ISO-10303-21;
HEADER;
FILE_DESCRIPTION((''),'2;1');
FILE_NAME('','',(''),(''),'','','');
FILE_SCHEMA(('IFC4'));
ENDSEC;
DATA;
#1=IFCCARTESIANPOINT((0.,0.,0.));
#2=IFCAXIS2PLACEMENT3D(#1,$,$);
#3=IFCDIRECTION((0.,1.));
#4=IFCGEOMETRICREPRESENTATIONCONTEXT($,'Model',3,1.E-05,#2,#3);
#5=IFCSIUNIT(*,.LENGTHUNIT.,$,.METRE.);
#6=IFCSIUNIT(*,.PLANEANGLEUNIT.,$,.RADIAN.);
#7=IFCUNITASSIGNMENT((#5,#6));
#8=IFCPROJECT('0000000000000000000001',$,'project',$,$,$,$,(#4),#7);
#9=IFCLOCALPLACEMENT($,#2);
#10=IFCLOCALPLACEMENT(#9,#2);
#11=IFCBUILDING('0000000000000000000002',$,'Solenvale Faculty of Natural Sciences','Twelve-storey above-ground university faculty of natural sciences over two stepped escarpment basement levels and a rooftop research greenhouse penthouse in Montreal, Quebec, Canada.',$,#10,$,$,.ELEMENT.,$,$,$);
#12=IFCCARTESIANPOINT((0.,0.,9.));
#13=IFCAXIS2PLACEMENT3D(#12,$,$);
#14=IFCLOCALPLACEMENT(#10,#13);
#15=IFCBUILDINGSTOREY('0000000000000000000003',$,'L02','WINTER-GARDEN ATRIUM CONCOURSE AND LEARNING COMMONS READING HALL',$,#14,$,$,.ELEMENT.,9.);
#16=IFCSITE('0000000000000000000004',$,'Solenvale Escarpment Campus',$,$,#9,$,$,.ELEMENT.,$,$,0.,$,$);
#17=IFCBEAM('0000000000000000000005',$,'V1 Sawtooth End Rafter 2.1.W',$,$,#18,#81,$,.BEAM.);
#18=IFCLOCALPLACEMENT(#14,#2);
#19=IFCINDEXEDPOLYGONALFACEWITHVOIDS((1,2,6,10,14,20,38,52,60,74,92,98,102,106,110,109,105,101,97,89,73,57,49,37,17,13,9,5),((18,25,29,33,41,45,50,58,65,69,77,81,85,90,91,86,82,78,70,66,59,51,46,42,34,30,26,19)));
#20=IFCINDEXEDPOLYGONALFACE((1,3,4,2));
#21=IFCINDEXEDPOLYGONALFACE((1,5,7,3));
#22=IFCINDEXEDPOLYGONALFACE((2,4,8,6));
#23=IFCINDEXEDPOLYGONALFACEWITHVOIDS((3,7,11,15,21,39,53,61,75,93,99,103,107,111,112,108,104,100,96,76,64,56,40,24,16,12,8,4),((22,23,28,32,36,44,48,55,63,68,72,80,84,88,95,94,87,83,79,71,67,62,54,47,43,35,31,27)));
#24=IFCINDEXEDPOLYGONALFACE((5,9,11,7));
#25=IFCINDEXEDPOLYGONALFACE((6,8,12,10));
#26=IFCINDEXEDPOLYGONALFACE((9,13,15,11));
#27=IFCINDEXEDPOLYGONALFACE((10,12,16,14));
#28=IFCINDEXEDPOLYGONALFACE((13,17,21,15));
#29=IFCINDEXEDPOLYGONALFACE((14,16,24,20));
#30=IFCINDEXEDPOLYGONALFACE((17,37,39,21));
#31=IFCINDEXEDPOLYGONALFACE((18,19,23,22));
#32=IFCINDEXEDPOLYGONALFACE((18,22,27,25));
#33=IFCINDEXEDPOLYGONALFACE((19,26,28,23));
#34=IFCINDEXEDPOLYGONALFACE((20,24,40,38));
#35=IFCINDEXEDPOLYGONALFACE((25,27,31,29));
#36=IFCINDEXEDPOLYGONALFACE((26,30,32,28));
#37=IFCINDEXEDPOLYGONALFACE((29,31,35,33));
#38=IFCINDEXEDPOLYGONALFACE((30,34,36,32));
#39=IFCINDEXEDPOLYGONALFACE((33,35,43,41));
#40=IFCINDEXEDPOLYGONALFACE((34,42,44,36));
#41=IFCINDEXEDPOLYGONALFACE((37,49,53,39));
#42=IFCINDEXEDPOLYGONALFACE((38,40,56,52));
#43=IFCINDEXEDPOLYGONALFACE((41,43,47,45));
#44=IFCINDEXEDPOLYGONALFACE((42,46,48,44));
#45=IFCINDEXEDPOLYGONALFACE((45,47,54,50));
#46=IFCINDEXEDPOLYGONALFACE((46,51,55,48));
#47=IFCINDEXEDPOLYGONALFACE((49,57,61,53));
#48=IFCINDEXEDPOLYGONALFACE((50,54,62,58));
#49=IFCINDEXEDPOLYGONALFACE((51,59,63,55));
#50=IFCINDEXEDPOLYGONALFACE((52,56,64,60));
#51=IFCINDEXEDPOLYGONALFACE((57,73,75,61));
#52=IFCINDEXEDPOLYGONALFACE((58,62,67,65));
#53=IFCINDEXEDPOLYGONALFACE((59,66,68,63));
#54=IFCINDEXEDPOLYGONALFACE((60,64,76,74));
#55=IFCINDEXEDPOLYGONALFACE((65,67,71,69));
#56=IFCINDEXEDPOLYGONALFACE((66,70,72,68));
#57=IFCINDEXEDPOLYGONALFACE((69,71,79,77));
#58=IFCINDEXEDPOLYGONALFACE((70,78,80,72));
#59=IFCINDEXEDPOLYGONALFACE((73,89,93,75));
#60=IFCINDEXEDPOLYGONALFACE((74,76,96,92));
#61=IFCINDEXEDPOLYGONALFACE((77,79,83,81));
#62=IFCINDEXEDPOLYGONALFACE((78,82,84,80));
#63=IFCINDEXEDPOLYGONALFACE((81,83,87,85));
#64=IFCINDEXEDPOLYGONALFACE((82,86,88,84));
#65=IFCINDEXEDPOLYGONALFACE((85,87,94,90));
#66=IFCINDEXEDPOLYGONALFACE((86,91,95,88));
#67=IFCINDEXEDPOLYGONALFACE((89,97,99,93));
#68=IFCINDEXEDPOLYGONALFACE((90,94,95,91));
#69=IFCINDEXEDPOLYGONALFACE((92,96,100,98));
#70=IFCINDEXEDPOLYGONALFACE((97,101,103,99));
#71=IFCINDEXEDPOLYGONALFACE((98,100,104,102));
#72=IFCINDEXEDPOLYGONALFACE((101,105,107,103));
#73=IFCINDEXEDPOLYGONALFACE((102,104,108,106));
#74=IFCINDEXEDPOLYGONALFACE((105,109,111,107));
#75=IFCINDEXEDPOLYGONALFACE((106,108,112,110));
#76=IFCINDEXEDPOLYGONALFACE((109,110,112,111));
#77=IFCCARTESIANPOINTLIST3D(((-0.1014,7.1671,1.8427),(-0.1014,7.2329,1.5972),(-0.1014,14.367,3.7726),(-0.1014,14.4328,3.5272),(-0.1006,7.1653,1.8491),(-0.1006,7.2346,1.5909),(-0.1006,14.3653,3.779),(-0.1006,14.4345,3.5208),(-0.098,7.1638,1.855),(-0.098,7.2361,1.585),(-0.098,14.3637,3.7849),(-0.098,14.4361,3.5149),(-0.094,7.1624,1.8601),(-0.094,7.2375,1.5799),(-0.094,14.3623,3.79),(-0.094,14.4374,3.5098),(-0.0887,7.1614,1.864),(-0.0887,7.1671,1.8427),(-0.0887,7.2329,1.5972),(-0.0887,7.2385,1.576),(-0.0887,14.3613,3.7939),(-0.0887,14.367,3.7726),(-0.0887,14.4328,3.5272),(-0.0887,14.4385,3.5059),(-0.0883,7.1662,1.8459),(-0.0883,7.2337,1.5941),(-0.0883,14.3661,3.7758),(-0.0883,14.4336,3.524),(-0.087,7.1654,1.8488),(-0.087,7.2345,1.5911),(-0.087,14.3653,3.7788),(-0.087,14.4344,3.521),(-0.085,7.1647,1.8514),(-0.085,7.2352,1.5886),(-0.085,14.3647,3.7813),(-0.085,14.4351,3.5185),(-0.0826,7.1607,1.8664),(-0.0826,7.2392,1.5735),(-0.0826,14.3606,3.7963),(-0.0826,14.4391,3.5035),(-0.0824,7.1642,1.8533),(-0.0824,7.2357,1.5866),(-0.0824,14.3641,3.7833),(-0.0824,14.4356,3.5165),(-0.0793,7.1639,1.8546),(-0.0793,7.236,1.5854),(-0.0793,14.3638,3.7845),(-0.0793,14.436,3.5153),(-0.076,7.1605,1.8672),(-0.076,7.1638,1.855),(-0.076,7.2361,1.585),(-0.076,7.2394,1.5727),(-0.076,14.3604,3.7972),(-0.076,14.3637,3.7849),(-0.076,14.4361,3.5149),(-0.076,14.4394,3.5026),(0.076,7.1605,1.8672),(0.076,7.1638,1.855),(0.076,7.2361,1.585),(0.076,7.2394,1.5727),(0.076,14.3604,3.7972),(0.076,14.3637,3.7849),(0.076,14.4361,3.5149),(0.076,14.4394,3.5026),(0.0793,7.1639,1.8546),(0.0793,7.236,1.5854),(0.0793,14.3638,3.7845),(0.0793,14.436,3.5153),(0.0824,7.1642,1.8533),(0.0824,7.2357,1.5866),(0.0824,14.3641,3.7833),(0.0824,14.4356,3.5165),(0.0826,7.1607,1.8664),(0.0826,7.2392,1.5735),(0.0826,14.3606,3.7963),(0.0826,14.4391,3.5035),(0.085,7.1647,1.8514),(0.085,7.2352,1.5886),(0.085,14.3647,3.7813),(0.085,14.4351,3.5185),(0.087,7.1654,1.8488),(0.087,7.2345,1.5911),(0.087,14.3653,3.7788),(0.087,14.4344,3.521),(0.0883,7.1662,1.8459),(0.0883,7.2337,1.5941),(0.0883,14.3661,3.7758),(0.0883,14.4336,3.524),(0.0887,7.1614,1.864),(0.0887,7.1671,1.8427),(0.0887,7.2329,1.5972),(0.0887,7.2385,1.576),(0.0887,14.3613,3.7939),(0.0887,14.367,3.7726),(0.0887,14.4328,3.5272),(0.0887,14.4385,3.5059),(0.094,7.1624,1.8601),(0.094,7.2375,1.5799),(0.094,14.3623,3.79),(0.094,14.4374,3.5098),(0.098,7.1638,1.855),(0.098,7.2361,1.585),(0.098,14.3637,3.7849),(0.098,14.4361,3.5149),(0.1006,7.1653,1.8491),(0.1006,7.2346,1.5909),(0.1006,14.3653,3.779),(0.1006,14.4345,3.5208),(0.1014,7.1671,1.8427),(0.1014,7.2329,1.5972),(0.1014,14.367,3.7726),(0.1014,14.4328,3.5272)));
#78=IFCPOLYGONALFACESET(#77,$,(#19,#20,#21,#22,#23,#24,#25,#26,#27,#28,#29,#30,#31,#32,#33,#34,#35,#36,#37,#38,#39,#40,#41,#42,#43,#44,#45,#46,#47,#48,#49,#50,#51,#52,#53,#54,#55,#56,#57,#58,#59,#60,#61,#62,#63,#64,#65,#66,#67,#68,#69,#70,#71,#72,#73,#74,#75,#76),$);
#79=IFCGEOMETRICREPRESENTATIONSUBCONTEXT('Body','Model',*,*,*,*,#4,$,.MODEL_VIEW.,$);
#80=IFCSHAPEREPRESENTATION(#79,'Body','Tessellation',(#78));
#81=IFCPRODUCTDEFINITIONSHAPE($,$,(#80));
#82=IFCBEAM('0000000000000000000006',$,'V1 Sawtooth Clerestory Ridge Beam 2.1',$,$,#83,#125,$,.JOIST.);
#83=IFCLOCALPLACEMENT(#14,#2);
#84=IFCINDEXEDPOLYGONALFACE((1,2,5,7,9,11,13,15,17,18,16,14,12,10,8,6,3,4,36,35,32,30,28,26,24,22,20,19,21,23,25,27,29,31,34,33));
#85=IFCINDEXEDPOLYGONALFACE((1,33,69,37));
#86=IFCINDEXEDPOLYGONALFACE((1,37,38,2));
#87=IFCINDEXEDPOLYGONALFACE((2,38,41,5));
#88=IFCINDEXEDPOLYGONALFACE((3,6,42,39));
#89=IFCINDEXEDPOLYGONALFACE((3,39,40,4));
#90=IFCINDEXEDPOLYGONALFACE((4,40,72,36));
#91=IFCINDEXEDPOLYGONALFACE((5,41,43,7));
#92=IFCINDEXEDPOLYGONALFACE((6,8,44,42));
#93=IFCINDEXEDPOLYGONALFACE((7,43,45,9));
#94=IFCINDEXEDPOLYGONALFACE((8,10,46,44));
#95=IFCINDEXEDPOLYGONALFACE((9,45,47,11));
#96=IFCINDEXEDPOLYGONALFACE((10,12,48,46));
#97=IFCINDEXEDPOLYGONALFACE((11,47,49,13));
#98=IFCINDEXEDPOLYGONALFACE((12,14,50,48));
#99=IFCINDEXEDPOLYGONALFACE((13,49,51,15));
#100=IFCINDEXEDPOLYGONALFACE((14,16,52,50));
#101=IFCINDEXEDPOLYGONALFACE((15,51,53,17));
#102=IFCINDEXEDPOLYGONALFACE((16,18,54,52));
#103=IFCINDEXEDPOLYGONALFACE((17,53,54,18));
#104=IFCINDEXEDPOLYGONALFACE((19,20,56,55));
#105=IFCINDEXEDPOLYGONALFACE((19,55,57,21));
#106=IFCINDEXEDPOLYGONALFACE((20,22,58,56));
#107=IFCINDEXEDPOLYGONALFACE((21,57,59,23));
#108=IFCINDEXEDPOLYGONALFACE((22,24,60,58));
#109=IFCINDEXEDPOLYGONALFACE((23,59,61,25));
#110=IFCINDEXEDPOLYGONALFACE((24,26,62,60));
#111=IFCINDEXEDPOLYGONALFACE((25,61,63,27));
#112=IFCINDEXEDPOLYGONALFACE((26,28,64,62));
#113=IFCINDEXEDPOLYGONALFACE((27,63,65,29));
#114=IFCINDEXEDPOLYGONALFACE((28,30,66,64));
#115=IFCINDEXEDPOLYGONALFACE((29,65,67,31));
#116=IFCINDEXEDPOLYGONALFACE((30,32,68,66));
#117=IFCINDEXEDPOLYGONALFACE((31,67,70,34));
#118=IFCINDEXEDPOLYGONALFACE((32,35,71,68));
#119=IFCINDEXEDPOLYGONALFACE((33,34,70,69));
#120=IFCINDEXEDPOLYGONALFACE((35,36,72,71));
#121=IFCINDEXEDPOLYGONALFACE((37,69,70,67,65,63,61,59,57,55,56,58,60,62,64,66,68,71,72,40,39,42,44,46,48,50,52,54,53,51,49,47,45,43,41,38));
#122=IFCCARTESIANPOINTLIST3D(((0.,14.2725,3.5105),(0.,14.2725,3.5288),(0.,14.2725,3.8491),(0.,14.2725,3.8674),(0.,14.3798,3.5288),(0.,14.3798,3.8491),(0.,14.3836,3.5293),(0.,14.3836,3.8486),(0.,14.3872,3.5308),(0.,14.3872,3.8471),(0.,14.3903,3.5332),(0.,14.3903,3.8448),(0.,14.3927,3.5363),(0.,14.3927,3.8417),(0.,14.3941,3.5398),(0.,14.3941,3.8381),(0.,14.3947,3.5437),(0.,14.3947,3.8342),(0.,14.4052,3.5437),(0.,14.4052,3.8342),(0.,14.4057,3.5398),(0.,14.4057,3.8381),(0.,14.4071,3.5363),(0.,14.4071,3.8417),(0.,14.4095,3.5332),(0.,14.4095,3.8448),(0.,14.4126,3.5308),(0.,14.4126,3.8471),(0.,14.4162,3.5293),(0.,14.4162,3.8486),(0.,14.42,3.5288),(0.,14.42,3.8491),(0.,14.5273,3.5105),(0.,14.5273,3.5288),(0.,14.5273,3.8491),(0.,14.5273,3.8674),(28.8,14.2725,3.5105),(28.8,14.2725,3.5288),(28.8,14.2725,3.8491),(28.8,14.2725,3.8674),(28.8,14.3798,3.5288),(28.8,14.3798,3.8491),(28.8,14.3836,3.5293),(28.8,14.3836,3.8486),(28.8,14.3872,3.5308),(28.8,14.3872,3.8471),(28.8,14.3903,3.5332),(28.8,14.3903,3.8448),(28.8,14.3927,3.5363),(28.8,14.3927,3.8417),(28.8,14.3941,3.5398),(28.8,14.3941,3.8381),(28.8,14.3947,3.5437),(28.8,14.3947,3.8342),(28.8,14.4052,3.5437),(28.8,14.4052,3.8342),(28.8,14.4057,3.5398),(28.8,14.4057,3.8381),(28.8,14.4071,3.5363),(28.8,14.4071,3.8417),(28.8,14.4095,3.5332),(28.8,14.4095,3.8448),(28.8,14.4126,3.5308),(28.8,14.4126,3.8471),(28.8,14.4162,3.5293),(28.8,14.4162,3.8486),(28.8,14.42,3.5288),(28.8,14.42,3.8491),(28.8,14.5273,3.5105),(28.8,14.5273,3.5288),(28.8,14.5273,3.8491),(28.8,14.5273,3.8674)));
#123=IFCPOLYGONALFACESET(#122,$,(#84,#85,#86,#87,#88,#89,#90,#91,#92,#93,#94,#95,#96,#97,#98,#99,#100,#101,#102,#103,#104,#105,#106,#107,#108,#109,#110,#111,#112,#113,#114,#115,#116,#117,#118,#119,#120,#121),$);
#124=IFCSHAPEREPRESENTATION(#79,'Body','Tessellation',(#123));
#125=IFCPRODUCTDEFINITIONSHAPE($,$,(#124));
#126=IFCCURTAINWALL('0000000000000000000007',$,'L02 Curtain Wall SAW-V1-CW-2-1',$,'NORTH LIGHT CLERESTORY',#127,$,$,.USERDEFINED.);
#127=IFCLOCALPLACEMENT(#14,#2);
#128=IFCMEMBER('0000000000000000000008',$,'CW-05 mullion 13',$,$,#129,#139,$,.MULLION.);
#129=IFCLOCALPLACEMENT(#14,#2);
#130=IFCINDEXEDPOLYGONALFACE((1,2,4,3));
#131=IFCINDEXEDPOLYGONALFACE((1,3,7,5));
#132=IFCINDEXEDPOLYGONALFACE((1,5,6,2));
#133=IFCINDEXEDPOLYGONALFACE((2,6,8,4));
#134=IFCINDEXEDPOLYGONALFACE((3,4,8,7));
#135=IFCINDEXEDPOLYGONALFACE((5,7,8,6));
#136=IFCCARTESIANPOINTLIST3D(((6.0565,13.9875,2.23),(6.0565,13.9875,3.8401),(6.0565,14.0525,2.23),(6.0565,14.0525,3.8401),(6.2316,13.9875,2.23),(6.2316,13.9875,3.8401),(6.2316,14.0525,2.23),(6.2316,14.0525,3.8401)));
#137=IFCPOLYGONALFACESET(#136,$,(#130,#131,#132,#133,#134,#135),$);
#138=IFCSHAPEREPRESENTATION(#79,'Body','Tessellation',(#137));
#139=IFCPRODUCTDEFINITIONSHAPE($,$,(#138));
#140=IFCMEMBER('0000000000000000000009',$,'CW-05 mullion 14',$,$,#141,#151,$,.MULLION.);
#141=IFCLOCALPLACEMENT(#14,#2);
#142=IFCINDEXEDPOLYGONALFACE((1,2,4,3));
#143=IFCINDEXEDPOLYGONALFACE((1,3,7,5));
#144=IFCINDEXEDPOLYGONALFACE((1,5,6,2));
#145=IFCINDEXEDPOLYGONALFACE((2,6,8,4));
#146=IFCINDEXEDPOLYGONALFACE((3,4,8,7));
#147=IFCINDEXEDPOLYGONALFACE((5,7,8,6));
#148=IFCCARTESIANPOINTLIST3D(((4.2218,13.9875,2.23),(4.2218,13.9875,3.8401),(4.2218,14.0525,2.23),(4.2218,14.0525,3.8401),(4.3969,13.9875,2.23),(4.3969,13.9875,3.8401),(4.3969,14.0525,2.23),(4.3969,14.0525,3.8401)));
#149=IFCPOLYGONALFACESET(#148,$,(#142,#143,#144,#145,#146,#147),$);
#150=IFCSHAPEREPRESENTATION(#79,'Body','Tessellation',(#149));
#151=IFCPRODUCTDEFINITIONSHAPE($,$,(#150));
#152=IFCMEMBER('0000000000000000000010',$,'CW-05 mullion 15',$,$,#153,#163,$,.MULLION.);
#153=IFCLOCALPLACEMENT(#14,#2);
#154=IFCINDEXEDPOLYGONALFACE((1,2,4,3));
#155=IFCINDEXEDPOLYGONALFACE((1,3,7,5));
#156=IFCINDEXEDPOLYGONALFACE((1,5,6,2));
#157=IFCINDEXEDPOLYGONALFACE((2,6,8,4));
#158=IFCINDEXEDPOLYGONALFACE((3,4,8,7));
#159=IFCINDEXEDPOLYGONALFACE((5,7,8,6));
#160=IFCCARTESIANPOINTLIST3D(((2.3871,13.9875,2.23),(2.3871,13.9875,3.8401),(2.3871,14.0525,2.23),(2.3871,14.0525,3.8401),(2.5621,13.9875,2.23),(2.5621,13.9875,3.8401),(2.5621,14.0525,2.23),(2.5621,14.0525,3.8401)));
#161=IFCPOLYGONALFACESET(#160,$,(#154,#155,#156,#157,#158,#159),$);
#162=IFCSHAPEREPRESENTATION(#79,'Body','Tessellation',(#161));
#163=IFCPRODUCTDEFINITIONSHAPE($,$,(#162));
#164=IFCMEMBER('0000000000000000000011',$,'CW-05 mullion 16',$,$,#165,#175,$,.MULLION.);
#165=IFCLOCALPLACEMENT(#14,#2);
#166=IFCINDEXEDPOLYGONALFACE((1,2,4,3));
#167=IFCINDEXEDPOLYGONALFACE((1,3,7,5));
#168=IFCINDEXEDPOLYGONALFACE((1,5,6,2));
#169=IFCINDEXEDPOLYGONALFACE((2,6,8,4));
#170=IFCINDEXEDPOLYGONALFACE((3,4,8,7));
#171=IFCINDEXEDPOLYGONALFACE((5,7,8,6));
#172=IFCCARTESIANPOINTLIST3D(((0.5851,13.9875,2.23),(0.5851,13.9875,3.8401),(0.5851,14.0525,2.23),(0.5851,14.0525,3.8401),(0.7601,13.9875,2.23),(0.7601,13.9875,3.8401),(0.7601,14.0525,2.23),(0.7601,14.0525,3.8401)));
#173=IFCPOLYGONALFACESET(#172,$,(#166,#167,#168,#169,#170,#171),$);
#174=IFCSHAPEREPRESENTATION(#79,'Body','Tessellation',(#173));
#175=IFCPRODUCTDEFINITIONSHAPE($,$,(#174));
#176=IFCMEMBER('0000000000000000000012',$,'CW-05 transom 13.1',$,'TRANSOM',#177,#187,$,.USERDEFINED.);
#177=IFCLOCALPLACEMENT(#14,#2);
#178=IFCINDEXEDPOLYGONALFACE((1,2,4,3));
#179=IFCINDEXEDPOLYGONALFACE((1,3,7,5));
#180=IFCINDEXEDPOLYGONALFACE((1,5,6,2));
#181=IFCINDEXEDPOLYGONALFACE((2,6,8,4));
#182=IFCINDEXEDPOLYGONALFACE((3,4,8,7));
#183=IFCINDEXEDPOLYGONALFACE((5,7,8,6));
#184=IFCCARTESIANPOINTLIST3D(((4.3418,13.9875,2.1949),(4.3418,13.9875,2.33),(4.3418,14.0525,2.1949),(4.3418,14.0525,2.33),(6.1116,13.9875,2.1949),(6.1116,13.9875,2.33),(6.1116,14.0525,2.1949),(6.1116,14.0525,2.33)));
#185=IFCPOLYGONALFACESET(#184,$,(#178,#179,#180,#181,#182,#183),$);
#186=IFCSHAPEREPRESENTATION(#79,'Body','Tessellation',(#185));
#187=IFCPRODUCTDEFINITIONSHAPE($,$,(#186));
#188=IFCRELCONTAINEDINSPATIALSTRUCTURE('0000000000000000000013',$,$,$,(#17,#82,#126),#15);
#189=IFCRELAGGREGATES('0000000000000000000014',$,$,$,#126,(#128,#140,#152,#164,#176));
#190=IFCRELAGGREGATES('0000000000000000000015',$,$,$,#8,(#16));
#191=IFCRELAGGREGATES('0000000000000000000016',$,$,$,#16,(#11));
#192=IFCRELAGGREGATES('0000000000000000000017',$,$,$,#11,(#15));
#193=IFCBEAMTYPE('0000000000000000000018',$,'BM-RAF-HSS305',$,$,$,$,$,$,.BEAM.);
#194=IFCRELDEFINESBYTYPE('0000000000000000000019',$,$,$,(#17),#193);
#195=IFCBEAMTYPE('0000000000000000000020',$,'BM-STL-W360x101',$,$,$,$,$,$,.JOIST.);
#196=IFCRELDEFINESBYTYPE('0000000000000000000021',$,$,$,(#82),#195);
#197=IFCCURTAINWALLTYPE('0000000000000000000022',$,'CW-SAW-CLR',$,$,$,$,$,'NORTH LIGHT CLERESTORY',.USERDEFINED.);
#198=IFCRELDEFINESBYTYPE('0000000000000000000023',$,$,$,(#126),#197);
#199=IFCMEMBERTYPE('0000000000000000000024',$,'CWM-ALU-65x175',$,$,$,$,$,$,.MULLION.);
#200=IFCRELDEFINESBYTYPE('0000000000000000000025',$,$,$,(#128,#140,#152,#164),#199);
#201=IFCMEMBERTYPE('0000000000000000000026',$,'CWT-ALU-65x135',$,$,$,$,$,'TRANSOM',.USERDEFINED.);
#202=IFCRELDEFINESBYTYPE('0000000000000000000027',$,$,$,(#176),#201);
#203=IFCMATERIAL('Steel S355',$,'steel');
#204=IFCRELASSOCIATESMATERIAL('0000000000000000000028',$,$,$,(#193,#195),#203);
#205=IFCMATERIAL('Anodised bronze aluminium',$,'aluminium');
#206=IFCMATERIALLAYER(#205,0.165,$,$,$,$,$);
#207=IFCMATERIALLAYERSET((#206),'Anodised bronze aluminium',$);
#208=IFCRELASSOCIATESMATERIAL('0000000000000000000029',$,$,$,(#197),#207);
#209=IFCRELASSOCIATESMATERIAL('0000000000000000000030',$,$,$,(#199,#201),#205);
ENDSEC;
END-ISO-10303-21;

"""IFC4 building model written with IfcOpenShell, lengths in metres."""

from ifc_helpers import new_model, si_unit, direction, frame, origin, origin_2d, place, context, subcontext, project, spatial, rectangle, hollow_rectangle, i_section, extrude, material, layer, layer_set, material_profile, profile_set, type_object, element, aggregate, save


model = new_model("IFC4")

# Units and contexts
model_context = context("Model", 3, precision=1e-05, world=origin(), true_north=direction((0.0, 1.0)))
body_context = subcontext(model_context, "Body", "Model", "MODEL_VIEW")
ifc_project = project(units=[si_unit("LENGTHUNIT", "METRE"), si_unit("PLANEANGLEUNIT", "RADIAN")], contexts=[model_context])

# Site, building, storey
site_placement = place(None, origin())
site = spatial("IfcSite", under=ifc_project, at=site_placement, Name="Solenvale Escarpment Campus", CompositionType="ELEMENT", RefElevation=0.0)
building_placement = place(site_placement, origin())
building = spatial("IfcBuilding", under=site, at=building_placement, Name="Solenvale Faculty of Natural Sciences", Description="Twelve-storey above-ground university faculty of natural sciences over two stepped escarpment basement levels and a rooftop research greenhouse penthouse in Montreal, Quebec, Canada.", CompositionType="ELEMENT")
storey_placement = place(building_placement, frame((0.0, 0.0, 9.0)))
storey = spatial("IfcBuildingStorey", under=building, at=storey_placement, Name="L02", Description="WINTER-GARDEN ATRIUM CONCOURSE AND LEARNING COMMONS READING HALL", CompositionType="ELEMENT", Elevation=9.0)

# Shared definitions
ifc_material_1 = material(Name="Steel S355", Category="steel")

# Beams
ifc_material_profile_1 = material_profile(ifc_material_1, hollow_rectangle(XDim=0.2029, YDim=0.3049, WallThickness=0.0127, InnerFilletRadius=0.0127, OuterFilletRadius=0.0254, at=origin_2d()), Name="HSS305x203x13")
ifc_profile_set_1 = profile_set([ifc_material_profile_1], Name="Steel S355")
beam_type_1 = type_object("IfcBeamType", Name="BM-RAF-HSS305", PredefinedType="BEAM", material=ifc_profile_set_1)
beam_1_placement = place(storey_placement, frame((0.0, 7.2, 1.72), z_axis=(0.0, 0.965902, 0.258908), x_axis=(-1.0, 0.0, 0.0)))
element("IfcBeam", 1, at=beam_1_placement, inside=storey, type_object=beam_type_1, Name="V1 Sawtooth End Rafter 2.1.W", PredefinedType="BEAM", context=body_context, shape_type="SweptSolid", body=[
    extrude(hollow_rectangle(XDim=0.2029, YDim=0.3049, WallThickness=0.0127, InnerFilletRadius=0.0127, OuterFilletRadius=0.0254, at=origin_2d()), origin(), (0.0, 0.0, 1.0), 7.4541),
])
ifc_material_profile_2 = material_profile(ifc_material_1, i_section(OverallWidth=0.2549, OverallDepth=0.3569, WebThickness=0.0105, FlangeThickness=0.0183, FilletRadius=0.0149, at=origin_2d()), Name="W360x101")
ifc_profile_set_2 = profile_set([ifc_material_profile_2], Name="Steel S355")
beam_type_2 = type_object("IfcBeamType", Name="BM-STL-W360x101", PredefinedType="JOIST", material=ifc_profile_set_2)
beam_2_placement = place(storey_placement, frame((0.0, 14.3999, 3.689), z_axis=(1.0, 0.0, 0.0), x_axis=(0.0, 1.0, 0.0)))
element("IfcBeam", 2, at=beam_2_placement, inside=storey, type_object=beam_type_2, Name="V1 Sawtooth Clerestory Ridge Beam 2.1", PredefinedType="JOIST", context=body_context, shape_type="SweptSolid", body=[
    extrude(i_section(OverallWidth=0.2549, OverallDepth=0.3569, WebThickness=0.0105, FlangeThickness=0.0183, FilletRadius=0.0149, at=origin_2d()), origin(), (0.0, 0.0, 1.0), 28.8),
])

# Curtain wall, members
ifc_material_2 = material(Name="Anodised bronze aluminium", Category="aluminium")
ifc_layer_1 = layer(ifc_material_2, 0.165)
ifc_layer_set_1 = layer_set([ifc_layer_1], Name="Anodised bronze aluminium")
curtain_wall_type = type_object("IfcCurtainWallType", Name="CW-SAW-CLR", ElementType="NORTH LIGHT CLERESTORY", PredefinedType="USERDEFINED", material=ifc_layer_set_1)
curtain_wall_placement = place(storey_placement, origin())
curtain_wall = element("IfcCurtainWall", 3, at=curtain_wall_placement, inside=storey, type_object=curtain_wall_type, Name="L02 Curtain Wall SAW-V1-CW-2-1", ObjectType="NORTH LIGHT CLERESTORY", PredefinedType="USERDEFINED")
ifc_material_profile_3 = material_profile(ifc_material_2, rectangle(XDim=0.0649, YDim=0.175, at=origin_2d()), Name="ALU-MUL-65x175")
ifc_profile_set_3 = profile_set([ifc_material_profile_3], Name="Anodised bronze aluminium")
member_type_1 = type_object("IfcMemberType", Name="CWM-ALU-65x175", PredefinedType="MULLION", material=ifc_profile_set_3)
member_1_placement = place(storey_placement, frame((6.144, 14.02, 2.23), z_axis=(0.0, 0.0, 1.0), x_axis=(0.0, -1.0, 0.0)))
member_1 = element("IfcMember", 4, at=member_1_placement, type_object=member_type_1, Name="CW-05 mullion 13", PredefinedType="MULLION", context=body_context, shape_type="SweptSolid", body=[
    extrude(rectangle(XDim=0.0649, YDim=0.175, at=origin_2d()), origin(), (0.0, 0.0, 1.0), 1.6101),
])
member_2_placement = place(storey_placement, frame((4.3093, 14.02, 2.23), z_axis=(0.0, 0.0, 1.0), x_axis=(0.0, -1.0, 0.0)))
member_2 = element("IfcMember", 5, at=member_2_placement, type_object=member_type_1, Name="CW-05 mullion 14", PredefinedType="MULLION", context=body_context, shape_type="SweptSolid", body=[
    extrude(rectangle(XDim=0.0649, YDim=0.175, at=origin_2d()), origin(), (0.0, 0.0, 1.0), 1.6101),
])
member_3_placement = place(storey_placement, frame((2.4746, 14.02, 2.23), z_axis=(0.0, 0.0, 1.0), x_axis=(0.0, -1.0, 0.0)))
member_3 = element("IfcMember", 6, at=member_3_placement, type_object=member_type_1, Name="CW-05 mullion 15", PredefinedType="MULLION", context=body_context, shape_type="SweptSolid", body=[
    extrude(rectangle(XDim=0.0649, YDim=0.175, at=origin_2d()), origin(), (0.0, 0.0, 1.0), 1.6101),
])
member_4_placement = place(storey_placement, frame((0.6726, 14.02, 2.23), z_axis=(0.0, 0.0, 1.0), x_axis=(0.0, -1.0, 0.0)))
member_4 = element("IfcMember", 7, at=member_4_placement, type_object=member_type_1, Name="CW-05 mullion 16", PredefinedType="MULLION", context=body_context, shape_type="SweptSolid", body=[
    extrude(rectangle(XDim=0.0649, YDim=0.175, at=origin_2d()), origin(), (0.0, 0.0, 1.0), 1.6101),
])
ifc_material_profile_4 = material_profile(ifc_material_2, rectangle(XDim=0.0649, YDim=0.135, at=origin_2d()), Name="ALU-TRN-65x135")
ifc_profile_set_4 = profile_set([ifc_material_profile_4], Name="Anodised bronze aluminium")
member_type_2 = type_object("IfcMemberType", Name="CWT-ALU-65x135", ElementType="TRANSOM", PredefinedType="USERDEFINED", material=ifc_profile_set_4)
member_5_placement = place(storey_placement, frame((6.1116, 14.02, 2.2625), z_axis=(-1.0, 0.0, 0.0), x_axis=(0.0, -1.0, 0.0)))
member_5 = element("IfcMember", 8, at=member_5_placement, type_object=member_type_2, Name="CW-05 transom 13.1", ObjectType="TRANSOM", PredefinedType="USERDEFINED", context=body_context, shape_type="SweptSolid", body=[
    extrude(rectangle(XDim=0.0649, YDim=0.135, at=origin_2d()), origin(), (0.0, 0.0, 1.0), 1.7698),
])

aggregate(curtain_wall, [member_1, member_2, member_3, member_4, member_5])

save(model, "model.ifc")
